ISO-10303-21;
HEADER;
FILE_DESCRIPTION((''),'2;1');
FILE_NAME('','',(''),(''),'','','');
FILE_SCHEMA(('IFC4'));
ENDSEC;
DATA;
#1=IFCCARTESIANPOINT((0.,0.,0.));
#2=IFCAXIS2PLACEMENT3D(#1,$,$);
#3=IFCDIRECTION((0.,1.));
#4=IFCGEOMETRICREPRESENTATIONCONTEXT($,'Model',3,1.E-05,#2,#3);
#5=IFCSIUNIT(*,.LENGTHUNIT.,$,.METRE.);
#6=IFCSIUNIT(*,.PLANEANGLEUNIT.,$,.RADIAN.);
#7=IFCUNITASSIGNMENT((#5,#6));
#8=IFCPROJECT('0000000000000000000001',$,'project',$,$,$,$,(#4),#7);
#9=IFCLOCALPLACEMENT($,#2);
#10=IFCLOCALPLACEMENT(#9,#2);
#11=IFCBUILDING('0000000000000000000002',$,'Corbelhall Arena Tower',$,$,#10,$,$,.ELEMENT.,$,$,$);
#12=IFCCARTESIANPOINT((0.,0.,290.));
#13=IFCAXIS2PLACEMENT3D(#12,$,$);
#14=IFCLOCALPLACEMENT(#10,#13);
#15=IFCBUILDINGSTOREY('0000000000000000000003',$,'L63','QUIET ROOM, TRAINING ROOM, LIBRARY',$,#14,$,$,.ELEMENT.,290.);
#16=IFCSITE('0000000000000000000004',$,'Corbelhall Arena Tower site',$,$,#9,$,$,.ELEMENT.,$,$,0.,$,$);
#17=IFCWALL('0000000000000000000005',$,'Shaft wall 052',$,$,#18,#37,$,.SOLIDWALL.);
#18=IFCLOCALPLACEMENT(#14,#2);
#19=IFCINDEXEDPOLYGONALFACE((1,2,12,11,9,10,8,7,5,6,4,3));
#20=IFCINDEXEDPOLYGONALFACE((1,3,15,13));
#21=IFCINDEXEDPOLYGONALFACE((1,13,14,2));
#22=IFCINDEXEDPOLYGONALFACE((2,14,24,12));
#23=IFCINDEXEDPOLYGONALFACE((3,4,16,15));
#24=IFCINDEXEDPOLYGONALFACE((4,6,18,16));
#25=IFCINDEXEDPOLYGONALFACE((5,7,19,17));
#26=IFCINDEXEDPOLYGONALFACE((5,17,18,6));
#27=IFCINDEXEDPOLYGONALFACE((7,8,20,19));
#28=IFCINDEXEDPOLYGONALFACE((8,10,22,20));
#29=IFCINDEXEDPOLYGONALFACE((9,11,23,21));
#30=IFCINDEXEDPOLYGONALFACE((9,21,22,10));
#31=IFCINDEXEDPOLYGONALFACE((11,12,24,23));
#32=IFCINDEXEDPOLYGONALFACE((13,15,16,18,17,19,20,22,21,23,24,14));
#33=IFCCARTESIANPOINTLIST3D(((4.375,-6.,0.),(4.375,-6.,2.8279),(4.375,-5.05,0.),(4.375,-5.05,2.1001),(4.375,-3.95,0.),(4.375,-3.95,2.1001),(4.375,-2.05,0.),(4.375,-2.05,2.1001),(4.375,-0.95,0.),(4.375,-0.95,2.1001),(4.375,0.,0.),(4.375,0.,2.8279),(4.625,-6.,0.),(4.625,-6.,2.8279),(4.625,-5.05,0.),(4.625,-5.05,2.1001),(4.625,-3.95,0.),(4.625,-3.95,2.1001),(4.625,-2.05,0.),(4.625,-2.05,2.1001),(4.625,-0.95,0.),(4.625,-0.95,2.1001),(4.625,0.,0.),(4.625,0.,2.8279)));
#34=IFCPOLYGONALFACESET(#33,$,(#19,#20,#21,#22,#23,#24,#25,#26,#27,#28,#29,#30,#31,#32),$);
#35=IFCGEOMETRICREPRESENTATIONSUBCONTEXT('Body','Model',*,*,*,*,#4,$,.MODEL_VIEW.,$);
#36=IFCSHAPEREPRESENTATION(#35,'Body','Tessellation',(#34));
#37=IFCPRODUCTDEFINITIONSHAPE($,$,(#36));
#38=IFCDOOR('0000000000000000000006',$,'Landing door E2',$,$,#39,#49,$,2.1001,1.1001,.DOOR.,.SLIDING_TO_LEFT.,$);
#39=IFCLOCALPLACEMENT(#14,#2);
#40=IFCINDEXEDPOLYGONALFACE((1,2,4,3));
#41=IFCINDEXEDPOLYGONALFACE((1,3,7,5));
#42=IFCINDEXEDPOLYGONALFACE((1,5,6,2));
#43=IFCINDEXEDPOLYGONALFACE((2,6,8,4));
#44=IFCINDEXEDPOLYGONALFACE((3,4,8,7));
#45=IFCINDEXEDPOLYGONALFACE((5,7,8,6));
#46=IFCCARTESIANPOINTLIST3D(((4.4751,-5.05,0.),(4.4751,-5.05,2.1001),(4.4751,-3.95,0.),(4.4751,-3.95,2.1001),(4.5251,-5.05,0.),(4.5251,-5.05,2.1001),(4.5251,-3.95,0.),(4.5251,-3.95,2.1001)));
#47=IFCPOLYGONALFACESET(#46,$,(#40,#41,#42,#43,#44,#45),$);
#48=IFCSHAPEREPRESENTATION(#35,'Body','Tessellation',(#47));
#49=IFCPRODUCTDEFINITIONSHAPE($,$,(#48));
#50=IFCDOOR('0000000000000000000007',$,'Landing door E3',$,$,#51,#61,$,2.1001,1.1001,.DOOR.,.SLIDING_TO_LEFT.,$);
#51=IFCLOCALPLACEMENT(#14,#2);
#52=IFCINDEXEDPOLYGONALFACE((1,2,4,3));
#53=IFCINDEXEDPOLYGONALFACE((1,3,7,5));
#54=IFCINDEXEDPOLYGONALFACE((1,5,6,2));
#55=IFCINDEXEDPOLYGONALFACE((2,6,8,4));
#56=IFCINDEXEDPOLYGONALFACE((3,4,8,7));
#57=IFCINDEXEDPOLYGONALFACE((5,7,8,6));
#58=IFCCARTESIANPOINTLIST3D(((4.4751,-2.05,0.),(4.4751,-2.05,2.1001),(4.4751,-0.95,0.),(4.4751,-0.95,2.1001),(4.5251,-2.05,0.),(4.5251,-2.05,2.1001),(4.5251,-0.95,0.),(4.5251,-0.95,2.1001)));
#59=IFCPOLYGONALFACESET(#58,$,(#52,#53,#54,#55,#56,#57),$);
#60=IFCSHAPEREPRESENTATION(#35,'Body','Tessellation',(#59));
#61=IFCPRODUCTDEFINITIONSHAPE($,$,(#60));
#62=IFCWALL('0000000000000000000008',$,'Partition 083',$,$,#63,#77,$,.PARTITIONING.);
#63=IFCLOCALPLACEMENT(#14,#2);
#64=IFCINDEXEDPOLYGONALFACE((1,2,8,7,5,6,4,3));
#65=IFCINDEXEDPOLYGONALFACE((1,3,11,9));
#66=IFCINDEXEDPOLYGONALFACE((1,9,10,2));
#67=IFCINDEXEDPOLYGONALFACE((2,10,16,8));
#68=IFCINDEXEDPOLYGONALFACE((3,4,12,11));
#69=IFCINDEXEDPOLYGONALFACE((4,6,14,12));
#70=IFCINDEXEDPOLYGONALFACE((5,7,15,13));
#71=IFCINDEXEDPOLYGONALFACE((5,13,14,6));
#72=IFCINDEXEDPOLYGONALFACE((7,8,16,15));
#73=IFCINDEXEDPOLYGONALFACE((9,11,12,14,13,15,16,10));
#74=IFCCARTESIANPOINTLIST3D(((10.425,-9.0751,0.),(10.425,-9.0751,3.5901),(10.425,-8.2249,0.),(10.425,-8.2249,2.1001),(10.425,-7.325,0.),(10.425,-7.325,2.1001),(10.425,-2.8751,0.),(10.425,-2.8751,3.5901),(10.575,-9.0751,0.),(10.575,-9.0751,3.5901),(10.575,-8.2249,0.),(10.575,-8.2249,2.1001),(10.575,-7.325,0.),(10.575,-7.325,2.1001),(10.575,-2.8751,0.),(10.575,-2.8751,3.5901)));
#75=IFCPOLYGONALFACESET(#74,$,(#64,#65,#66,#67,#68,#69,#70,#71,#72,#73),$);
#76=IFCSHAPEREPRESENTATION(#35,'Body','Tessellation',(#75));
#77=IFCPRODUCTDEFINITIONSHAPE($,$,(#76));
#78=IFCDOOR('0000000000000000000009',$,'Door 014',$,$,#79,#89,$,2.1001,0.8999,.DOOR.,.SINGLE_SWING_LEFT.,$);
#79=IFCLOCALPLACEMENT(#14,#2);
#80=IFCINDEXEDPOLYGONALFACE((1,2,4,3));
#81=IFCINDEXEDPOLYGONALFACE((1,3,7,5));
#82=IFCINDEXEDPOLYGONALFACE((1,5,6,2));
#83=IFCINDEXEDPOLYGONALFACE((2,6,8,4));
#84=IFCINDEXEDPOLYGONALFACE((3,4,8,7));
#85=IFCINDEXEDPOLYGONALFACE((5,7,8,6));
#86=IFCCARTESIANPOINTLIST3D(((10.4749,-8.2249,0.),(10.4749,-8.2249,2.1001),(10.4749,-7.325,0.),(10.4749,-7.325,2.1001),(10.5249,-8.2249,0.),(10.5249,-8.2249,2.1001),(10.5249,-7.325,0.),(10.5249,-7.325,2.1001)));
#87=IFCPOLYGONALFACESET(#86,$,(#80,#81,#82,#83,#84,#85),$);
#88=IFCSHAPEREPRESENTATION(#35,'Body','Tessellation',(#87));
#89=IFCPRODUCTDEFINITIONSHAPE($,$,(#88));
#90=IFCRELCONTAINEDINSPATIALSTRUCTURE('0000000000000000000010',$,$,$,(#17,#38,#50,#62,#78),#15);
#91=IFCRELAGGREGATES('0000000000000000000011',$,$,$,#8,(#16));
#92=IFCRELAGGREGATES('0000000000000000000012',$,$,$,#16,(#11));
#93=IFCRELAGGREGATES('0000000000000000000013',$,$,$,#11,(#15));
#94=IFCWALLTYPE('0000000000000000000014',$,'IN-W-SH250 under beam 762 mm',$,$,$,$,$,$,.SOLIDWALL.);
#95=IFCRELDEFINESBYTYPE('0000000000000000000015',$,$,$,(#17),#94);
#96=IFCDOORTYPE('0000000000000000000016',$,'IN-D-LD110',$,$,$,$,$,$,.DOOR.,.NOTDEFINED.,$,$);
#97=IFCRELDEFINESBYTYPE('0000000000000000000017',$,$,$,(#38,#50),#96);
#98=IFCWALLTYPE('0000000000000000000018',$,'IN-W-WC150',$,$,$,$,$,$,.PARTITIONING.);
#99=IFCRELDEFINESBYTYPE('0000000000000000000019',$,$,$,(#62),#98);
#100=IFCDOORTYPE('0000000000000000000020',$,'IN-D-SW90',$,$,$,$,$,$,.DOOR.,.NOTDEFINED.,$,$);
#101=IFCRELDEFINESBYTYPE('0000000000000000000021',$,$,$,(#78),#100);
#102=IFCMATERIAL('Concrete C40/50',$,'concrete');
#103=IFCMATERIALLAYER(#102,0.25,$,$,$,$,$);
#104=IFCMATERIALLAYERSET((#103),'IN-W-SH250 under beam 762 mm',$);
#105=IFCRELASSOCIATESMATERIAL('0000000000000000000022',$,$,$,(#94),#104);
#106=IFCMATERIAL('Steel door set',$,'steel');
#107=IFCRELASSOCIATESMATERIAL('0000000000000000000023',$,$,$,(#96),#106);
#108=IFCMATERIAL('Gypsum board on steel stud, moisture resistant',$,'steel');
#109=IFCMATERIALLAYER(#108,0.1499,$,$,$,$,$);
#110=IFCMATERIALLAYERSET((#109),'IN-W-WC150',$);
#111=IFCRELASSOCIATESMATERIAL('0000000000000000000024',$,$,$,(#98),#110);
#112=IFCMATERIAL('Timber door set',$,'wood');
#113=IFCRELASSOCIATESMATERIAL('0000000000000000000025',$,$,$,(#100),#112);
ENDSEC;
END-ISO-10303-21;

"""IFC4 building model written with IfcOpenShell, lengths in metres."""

from ifc_helpers import new_model, si_unit, direction, frame, frame_2d, origin, place, context, subcontext, project, spatial, rectangle, extrude, material, layer, layer_set, type_object, element, fill, save


model = new_model("IFC4")

# Units and contexts
model_context = context("Model", 3, precision=1e-05, world=origin(), true_north=direction((0.0, 1.0)))
body_context = subcontext(model_context, "Body", "Model", "MODEL_VIEW")
ifc_project = project(units=[si_unit("LENGTHUNIT", "METRE"), si_unit("PLANEANGLEUNIT", "RADIAN")], contexts=[model_context])

# Site, building, storey
site_placement = place(None, origin())
site = spatial("IfcSite", under=ifc_project, at=site_placement, Name="Corbelhall Arena Tower site", CompositionType="ELEMENT", RefElevation=0.0)
building_placement = place(site_placement, origin())
building = spatial("IfcBuilding", under=site, at=building_placement, Name="Corbelhall Arena Tower", CompositionType="ELEMENT")
storey_placement = place(building_placement, frame((0.0, 0.0, 290.0)))
storey = spatial("IfcBuildingStorey", under=building, at=storey_placement, Name="L63", Description="QUIET ROOM, TRAINING ROOM, LIBRARY", CompositionType="ELEMENT", Elevation=290.0)

# Shared definitions
ifc_material_1 = material(Name="Concrete C40/50", Category="concrete")

# Shared definitions
ifc_material_2 = material(Name="Steel door set", Category="steel")

# Wall, openings, doors
ifc_layer_1 = layer(ifc_material_1, 0.25)
ifc_layer_set_1 = layer_set([ifc_layer_1], Name="IN-W-SH250 under beam 762 mm")
wall_type_1 = type_object("IfcWallType", Name="IN-W-SH250 under beam 762 mm", PredefinedType="SOLIDWALL", material=ifc_layer_set_1)
wall_1_placement = place(storey_placement, frame((4.5, -6.0, 0.0), z_axis=(0.0, 0.0, 1.0), x_axis=(0.0, 1.0, 0.0)))
wall_1 = element("IfcWall", 1, at=wall_1_placement, inside=storey, type_object=wall_type_1, Name="Shaft wall 052", PredefinedType="SOLIDWALL", context=body_context, shape_type="SweptSolid", body=[
    extrude(rectangle(XDim=6.0, YDim=0.25, at=frame_2d((3.0, 0.0))), origin(), (0.0, 0.0, 1.0), 2.8279),
])
opening_1_placement = place(wall_1_placement, frame((0.95, 0.0, 0.0)))
opening_1 = element("IfcOpeningElement", 2, at=opening_1_placement, cuts=wall_1, PredefinedType="OPENING", context=body_context, shape_type="SweptSolid", body=[
    extrude(rectangle(XDim=1.1001, YDim=2.1001, at=frame_2d((0.55, 1.05))), frame((0.0, 0.125, 0.0), z_axis=(0.0, -1.0, 0.0), x_axis=(1.0, 0.0, 0.0)), (0.0, 0.0, 1.0), 0.25),
])
opening_2_placement = place(wall_1_placement, frame((3.95, 0.0, 0.0)))
opening_2 = element("IfcOpeningElement", 3, at=opening_2_placement, cuts=wall_1, PredefinedType="OPENING", context=body_context, shape_type="SweptSolid", body=[
    extrude(rectangle(XDim=1.1001, YDim=2.1001, at=frame_2d((0.55, 1.05))), frame((0.0, 0.125, 0.0), z_axis=(0.0, -1.0, 0.0), x_axis=(1.0, 0.0, 0.0)), (0.0, 0.0, 1.0), 0.25),
])
door_type_1 = type_object("IfcDoorType", Name="IN-D-LD110", OperationType="NOTDEFINED", PredefinedType="DOOR", material=ifc_material_2)
door_1_placement = place(opening_1_placement, origin())
door_1 = element("IfcDoor", 4, at=door_1_placement, inside=storey, type_object=door_type_1, Name="Landing door E2", OperationType="SLIDING_TO_LEFT", OverallHeight=2.1001, OverallWidth=1.1001, PredefinedType="DOOR", context=body_context, shape_type="SweptSolid", body=[
    extrude(rectangle(XDim=1.1001, YDim=2.1001, at=frame_2d((0.55, 1.05))), frame((0.0, 0.0249, 0.0), z_axis=(0.0, -1.0, 0.0), x_axis=(1.0, 0.0, 0.0)), (0.0, 0.0, 1.0), 0.05),
])
fill(opening_1, door_1)
door_2_placement = place(opening_2_placement, origin())
door_2 = element("IfcDoor", 5, at=door_2_placement, inside=storey, type_object=door_type_1, Name="Landing door E3", OperationType="SLIDING_TO_LEFT", OverallHeight=2.1001, OverallWidth=1.1001, PredefinedType="DOOR", context=body_context, shape_type="SweptSolid", body=[
    extrude(rectangle(XDim=1.1001, YDim=2.1001, at=frame_2d((0.55, 1.05))), frame((0.0, 0.0249, 0.0), z_axis=(0.0, -1.0, 0.0), x_axis=(1.0, 0.0, 0.0)), (0.0, 0.0, 1.0), 0.05),
])
fill(opening_2, door_2)

# Wall, opening, door
ifc_material_3 = material(Name="Gypsum board on steel stud, moisture resistant", Category="steel")
ifc_layer_2 = layer(ifc_material_3, 0.1499)
ifc_layer_set_2 = layer_set([ifc_layer_2], Name="IN-W-WC150")
wall_type_2 = type_object("IfcWallType", Name="IN-W-WC150", PredefinedType="PARTITIONING", material=ifc_layer_set_2)
wall_2_placement = place(storey_placement, frame((10.5, -2.875, 0.0), z_axis=(0.0, 0.0, 1.0), x_axis=(0.0, -1.0, 0.0)))
wall_2 = element("IfcWall", 6, at=wall_2_placement, inside=storey, type_object=wall_type_2, Name="Partition 083", PredefinedType="PARTITIONING", context=body_context, shape_type="SweptSolid", body=[
    extrude(rectangle(XDim=6.2, YDim=0.1499, at=frame_2d((3.1001, 0.0))), origin(), (0.0, 0.0, 1.0), 3.5901),
])
opening_3_placement = place(wall_2_placement, frame((4.45, 0.0, 0.0)))
opening_3 = element("IfcOpeningElement", 7, at=opening_3_placement, cuts=wall_2, PredefinedType="OPENING", context=body_context, shape_type="SweptSolid", body=[
    extrude(rectangle(XDim=0.8999, YDim=2.1001, at=frame_2d((0.45, 1.05))), frame((0.0, 0.075, 0.0), z_axis=(0.0, -1.0, 0.0), x_axis=(1.0, 0.0, 0.0)), (0.0, 0.0, 1.0), 0.1499),
])
ifc_material_4 = material(Name="Timber door set", Category="wood")
door_type_2 = type_object("IfcDoorType", Name="IN-D-SW90", OperationType="NOTDEFINED", PredefinedType="DOOR", material=ifc_material_4)
door_3_placement = place(opening_3_placement, origin())
door_3 = element("IfcDoor", 8, at=door_3_placement, inside=storey, type_object=door_type_2, Name="Door 014", OperationType="SINGLE_SWING_LEFT", OverallHeight=2.1001, OverallWidth=0.8999, PredefinedType="DOOR", context=body_context, shape_type="SweptSolid", body=[
    extrude(rectangle(XDim=0.8999, YDim=2.1001, at=frame_2d((0.45, 1.05))), frame((0.0, 0.0249, 0.0), z_axis=(0.0, -1.0, 0.0), x_axis=(1.0, 0.0, 0.0)), (0.0, 0.0, 1.0), 0.05),
])
fill(opening_3, door_3)

save(model, "model.ifc")
